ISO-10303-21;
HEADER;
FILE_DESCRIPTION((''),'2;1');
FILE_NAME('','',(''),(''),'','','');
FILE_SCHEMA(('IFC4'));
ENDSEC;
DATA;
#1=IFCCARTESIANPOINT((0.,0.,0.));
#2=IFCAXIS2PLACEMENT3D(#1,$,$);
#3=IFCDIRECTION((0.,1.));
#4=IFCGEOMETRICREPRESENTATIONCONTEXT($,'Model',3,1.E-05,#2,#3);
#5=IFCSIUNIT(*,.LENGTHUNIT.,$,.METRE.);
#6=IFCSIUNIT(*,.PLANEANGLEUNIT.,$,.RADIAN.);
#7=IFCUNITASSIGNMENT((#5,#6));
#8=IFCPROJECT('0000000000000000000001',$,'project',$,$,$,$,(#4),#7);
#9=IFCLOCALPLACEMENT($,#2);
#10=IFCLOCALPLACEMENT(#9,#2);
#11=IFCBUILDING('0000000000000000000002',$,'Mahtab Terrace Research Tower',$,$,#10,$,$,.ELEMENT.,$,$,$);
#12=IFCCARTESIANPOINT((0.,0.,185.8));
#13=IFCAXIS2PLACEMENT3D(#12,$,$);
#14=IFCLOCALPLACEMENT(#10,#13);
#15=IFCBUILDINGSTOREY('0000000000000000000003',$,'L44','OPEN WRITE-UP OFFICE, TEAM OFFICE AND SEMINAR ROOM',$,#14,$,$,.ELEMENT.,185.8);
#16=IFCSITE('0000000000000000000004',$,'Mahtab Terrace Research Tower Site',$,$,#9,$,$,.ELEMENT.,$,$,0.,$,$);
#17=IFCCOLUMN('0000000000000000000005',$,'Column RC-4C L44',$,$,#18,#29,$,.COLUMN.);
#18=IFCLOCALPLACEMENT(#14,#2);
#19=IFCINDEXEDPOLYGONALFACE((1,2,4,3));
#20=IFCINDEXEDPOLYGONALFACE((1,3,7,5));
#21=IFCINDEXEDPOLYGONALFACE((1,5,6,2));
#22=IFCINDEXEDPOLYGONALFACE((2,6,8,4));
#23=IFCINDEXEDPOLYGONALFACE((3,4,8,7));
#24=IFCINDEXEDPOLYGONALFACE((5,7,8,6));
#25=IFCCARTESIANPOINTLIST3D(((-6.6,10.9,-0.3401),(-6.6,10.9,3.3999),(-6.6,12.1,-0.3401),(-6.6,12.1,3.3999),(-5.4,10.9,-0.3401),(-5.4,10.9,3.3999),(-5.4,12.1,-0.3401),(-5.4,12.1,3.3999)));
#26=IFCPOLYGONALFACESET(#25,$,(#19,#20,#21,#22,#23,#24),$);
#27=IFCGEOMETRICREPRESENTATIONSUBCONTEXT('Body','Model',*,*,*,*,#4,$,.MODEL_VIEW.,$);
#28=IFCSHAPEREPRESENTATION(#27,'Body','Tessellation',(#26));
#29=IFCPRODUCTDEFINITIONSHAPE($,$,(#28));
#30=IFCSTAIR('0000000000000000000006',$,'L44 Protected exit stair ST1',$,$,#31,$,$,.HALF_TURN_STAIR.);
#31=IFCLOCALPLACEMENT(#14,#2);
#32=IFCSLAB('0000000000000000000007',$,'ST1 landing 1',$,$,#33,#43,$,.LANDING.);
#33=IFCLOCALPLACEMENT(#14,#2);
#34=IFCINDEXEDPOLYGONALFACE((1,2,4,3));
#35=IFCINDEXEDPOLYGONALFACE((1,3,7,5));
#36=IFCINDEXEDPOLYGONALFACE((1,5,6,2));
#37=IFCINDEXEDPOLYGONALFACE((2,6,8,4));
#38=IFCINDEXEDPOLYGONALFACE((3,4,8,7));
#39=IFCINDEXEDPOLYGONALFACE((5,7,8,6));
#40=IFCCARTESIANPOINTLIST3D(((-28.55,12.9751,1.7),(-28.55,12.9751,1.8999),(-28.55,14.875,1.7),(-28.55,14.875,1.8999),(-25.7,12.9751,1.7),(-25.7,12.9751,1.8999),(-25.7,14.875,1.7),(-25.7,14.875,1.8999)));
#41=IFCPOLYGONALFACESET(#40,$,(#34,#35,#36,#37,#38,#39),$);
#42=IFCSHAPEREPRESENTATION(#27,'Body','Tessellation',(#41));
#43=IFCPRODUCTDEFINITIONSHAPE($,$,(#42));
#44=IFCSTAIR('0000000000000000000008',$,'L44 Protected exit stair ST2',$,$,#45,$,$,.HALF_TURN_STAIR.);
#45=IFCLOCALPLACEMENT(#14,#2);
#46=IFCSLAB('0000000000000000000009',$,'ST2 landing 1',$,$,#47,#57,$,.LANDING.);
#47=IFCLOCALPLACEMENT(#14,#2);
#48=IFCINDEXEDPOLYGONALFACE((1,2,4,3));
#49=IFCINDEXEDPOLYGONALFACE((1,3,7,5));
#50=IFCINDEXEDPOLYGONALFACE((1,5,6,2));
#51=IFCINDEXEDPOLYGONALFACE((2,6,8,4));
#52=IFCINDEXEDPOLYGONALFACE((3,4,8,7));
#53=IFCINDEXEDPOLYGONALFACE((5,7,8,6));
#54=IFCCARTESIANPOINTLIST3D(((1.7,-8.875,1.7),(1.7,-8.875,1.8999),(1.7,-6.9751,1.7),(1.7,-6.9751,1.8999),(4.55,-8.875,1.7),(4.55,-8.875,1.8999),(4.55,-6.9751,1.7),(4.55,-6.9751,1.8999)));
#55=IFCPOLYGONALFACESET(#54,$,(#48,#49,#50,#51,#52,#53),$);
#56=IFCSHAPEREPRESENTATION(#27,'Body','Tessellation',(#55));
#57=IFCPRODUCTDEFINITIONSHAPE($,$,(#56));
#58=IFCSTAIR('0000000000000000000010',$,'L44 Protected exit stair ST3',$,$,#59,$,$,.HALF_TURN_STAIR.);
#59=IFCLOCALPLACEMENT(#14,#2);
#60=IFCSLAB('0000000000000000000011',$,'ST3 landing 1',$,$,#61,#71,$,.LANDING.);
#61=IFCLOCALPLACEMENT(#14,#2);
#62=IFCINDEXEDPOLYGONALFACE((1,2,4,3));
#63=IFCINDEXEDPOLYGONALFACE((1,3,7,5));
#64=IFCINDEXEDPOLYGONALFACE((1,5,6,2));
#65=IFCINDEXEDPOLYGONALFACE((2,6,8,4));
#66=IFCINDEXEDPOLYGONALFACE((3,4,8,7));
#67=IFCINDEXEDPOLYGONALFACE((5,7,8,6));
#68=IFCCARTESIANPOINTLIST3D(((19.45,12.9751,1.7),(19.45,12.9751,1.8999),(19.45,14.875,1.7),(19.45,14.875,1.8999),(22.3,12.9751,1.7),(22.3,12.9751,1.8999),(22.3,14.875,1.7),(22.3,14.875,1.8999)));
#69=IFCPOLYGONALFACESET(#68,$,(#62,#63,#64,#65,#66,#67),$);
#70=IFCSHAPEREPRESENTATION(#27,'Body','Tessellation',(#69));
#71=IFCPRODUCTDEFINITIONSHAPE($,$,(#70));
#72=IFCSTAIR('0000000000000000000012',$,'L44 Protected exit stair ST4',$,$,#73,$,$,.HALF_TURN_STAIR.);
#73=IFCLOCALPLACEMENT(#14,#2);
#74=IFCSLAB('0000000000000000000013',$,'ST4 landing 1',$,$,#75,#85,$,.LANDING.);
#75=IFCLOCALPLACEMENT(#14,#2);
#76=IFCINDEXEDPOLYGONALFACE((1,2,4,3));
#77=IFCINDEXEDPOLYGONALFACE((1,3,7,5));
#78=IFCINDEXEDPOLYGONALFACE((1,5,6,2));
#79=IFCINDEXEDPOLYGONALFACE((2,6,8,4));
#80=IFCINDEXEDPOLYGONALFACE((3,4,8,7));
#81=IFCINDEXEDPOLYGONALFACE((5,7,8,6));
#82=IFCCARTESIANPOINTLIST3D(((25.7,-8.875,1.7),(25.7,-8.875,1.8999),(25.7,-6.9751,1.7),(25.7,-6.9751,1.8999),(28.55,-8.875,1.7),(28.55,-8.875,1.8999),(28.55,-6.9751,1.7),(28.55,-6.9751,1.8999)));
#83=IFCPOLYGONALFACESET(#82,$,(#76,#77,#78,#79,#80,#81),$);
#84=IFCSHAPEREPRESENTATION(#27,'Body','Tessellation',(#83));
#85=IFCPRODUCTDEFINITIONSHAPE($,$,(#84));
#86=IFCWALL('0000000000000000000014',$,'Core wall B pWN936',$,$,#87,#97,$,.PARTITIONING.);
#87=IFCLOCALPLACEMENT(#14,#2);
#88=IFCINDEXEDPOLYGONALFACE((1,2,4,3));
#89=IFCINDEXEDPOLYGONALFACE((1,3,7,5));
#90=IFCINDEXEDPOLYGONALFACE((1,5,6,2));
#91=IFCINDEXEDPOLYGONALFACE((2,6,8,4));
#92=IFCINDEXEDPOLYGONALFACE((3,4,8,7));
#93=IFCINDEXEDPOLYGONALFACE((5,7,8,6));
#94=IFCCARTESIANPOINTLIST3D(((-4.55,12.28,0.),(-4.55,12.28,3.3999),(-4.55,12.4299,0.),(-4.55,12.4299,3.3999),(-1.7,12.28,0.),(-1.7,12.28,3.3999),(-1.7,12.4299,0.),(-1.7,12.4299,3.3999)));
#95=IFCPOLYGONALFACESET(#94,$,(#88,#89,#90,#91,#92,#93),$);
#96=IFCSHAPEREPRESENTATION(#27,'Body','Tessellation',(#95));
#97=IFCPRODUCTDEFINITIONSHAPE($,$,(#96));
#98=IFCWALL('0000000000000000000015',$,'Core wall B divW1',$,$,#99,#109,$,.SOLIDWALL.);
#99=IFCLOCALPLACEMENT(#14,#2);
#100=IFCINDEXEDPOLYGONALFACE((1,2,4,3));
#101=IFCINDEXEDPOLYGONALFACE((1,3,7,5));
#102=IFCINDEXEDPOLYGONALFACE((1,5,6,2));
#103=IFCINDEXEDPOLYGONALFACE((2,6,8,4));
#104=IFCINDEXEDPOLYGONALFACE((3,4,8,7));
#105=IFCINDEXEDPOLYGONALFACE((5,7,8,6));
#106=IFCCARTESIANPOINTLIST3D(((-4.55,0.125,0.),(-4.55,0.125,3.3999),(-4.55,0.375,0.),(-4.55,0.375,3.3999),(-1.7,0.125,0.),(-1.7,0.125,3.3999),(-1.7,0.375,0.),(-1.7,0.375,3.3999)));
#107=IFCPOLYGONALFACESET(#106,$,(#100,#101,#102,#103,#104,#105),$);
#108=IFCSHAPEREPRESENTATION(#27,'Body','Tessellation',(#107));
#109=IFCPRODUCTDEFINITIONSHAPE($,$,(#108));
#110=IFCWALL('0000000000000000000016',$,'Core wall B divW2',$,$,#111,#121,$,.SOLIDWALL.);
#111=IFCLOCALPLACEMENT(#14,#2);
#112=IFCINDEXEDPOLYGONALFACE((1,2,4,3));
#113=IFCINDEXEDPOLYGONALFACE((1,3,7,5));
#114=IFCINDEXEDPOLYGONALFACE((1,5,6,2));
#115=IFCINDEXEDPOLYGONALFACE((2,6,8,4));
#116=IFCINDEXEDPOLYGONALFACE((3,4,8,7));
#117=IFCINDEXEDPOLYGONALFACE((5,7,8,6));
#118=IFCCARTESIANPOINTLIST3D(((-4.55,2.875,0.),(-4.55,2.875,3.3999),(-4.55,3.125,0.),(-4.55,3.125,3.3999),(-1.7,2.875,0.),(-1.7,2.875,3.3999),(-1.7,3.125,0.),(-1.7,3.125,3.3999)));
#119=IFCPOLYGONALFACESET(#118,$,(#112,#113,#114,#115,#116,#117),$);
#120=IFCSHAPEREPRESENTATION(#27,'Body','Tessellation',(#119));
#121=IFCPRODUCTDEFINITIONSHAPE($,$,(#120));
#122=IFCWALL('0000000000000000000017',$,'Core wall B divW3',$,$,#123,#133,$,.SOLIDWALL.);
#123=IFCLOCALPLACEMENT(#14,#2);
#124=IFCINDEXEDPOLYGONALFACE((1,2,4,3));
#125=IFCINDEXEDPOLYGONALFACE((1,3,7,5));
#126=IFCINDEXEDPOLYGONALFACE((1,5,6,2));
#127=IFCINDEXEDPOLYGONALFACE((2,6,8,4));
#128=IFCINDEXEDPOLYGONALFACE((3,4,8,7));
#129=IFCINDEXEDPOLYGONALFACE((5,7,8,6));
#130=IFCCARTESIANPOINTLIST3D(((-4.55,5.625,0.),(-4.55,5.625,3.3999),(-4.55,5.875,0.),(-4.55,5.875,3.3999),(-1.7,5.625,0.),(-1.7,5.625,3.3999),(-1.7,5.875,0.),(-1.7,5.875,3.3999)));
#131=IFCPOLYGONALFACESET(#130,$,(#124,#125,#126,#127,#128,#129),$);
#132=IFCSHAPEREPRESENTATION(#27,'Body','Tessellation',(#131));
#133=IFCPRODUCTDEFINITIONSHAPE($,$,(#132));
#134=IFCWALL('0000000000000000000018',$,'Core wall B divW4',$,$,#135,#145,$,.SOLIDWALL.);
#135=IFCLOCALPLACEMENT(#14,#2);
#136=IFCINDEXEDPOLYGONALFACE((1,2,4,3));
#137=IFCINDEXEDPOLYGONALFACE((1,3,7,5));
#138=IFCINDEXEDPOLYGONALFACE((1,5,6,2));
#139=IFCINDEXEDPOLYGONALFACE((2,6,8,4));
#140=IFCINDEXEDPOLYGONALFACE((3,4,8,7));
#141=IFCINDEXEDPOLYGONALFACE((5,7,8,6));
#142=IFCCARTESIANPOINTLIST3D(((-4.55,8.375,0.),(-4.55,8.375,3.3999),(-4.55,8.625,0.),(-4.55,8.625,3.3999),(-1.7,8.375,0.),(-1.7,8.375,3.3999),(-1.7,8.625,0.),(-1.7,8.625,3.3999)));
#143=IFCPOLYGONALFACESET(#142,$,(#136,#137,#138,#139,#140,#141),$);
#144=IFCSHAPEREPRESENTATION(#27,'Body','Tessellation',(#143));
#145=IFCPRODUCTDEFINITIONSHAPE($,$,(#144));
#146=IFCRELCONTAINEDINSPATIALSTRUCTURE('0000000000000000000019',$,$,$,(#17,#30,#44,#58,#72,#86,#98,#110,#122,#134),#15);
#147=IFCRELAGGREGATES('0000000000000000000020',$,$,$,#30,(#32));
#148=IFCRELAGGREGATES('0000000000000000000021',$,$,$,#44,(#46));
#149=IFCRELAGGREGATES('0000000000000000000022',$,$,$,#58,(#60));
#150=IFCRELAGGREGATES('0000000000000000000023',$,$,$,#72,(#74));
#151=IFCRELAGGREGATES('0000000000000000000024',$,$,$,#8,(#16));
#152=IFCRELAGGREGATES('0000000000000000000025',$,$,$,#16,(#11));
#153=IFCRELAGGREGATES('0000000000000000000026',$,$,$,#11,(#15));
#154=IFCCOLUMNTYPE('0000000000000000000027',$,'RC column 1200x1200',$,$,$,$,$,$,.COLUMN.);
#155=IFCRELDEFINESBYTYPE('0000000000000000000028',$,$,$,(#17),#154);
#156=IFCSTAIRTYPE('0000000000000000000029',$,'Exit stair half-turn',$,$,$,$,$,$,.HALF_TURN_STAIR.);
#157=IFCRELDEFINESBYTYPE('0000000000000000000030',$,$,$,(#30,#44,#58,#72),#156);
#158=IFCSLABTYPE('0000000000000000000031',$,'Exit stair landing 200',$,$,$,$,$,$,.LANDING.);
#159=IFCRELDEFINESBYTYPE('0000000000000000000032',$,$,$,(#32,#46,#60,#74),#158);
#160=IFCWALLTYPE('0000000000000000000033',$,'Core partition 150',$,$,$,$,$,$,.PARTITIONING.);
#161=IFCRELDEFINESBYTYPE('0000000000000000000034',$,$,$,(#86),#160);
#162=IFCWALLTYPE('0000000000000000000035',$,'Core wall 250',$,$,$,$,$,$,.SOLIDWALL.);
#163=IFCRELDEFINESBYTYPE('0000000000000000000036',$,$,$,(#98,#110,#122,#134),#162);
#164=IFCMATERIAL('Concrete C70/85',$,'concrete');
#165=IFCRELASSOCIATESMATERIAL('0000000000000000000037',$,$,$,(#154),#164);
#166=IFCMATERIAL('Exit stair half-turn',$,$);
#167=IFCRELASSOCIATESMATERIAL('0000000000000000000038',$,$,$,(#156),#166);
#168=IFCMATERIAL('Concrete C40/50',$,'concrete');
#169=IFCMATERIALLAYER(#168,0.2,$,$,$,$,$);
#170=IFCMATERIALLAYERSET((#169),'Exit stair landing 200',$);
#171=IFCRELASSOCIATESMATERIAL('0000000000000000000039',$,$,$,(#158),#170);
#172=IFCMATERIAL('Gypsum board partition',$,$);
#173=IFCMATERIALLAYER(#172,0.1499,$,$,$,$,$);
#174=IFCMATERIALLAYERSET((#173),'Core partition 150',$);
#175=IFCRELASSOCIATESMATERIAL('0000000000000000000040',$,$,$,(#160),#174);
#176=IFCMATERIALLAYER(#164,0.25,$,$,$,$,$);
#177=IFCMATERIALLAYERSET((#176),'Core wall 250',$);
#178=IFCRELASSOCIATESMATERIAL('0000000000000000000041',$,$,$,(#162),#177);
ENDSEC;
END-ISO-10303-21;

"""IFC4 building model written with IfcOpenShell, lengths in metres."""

from ifc_helpers import new_model, si_unit, direction, frame, frame_2d, origin, origin_2d, place, context, subcontext, project, spatial, polyline, rectangle, outline, extrude, material, layer, layer_set, material_profile, profile_set, type_object, element, aggregate, save


model = new_model("IFC4")

# Units and contexts
model_context = context("Model", 3, precision=1e-05, world=origin(), true_north=direction((0.0, 1.0)))
body_context = subcontext(model_context, "Body", "Model", "MODEL_VIEW")
ifc_project = project(units=[si_unit("LENGTHUNIT", "METRE"), si_unit("PLANEANGLEUNIT", "RADIAN")], contexts=[model_context])

# Site, building, storey
site_placement = place(None, origin())
site = spatial("IfcSite", under=ifc_project, at=site_placement, Name="Mahtab Terrace Research Tower Site", CompositionType="ELEMENT", RefElevation=0.0)
building_placement = place(site_placement, origin())
building = spatial("IfcBuilding", under=site, at=building_placement, Name="Mahtab Terrace Research Tower", CompositionType="ELEMENT")
storey_placement = place(building_placement, frame((0.0, 0.0, 185.8)))
storey = spatial("IfcBuildingStorey", under=building, at=storey_placement, Name="L44", Description="OPEN WRITE-UP OFFICE, TEAM OFFICE AND SEMINAR ROOM", CompositionType="ELEMENT", Elevation=185.8)

# Column
ifc_material_1 = material(Name="Concrete C70/85", Category="concrete")
ifc_material_profile = material_profile(ifc_material_1, rectangle(XDim=1.2, YDim=1.2, at=origin_2d()), Name="RC column 1200x1200")
ifc_profile_set = profile_set([ifc_material_profile], Name="Concrete C70/85")
column_type = type_object("IfcColumnType", Name="RC column 1200x1200", PredefinedType="COLUMN", material=ifc_profile_set)
column_placement = place(storey_placement, frame((-6.0, 11.5, -0.3401), z_axis=(0.0, 0.0, 1.0), x_axis=(1.0, 0.0, 0.0)))
element("IfcColumn", 1, at=column_placement, inside=storey, type_object=column_type, Name="Column RC-4C L44", PredefinedType="COLUMN", context=body_context, shape_type="SweptSolid", body=[
    extrude(rectangle(XDim=1.2, YDim=1.2, at=origin_2d()), origin(), (0.0, 0.0, 1.0), 3.74),
])

# Stairs, slabs
ifc_material_2 = material(Name="Exit stair half-turn")
stair_type = type_object("IfcStairType", Name="Exit stair half-turn", PredefinedType="HALF_TURN_STAIR", material=ifc_material_2)
stair_1_placement = place(storey_placement, origin())
stair_1 = element("IfcStair", 2, at=stair_1_placement, inside=storey, type_object=stair_type, Name="L44 Protected exit stair ST1", PredefinedType="HALF_TURN_STAIR")
ifc_material_3 = material(Name="Concrete C40/50", Category="concrete")
ifc_layer_1 = layer(ifc_material_3, 0.2)
ifc_layer_set_1 = layer_set([ifc_layer_1], Name="Exit stair landing 200")
slab_type = type_object("IfcSlabType", Name="Exit stair landing 200", PredefinedType="LANDING", material=ifc_layer_set_1)
slab_1_placement = place(storey_placement, frame((0.0, 0.0, 1.7)))
slab_1 = element("IfcSlab", 3, at=slab_1_placement, type_object=slab_type, Name="ST1 landing 1", PredefinedType="LANDING", context=body_context, shape_type="SweptSolid", body=[
    extrude(outline(polyline([(-25.7, 12.9751), (-25.7, 14.875), (-28.55, 14.875), (-28.55, 12.9751), (-25.7, 12.9751)])), origin(), (0.0, 0.0, 1.0), 0.2),
])
aggregate(stair_1, [slab_1])
stair_2_placement = place(storey_placement, origin())
stair_2 = element("IfcStair", 4, at=stair_2_placement, inside=storey, type_object=stair_type, Name="L44 Protected exit stair ST2", PredefinedType="HALF_TURN_STAIR")
slab_2_placement = place(storey_placement, frame((0.0, 0.0, 1.7)))
slab_2 = element("IfcSlab", 5, at=slab_2_placement, type_object=slab_type, Name="ST2 landing 1", PredefinedType="LANDING", context=body_context, shape_type="SweptSolid", body=[
    extrude(outline(polyline([(1.7, -6.9751), (1.7, -8.875), (4.55, -8.875), (4.55, -6.9751), (1.7, -6.9751)])), origin(), (0.0, 0.0, 1.0), 0.2),
])
aggregate(stair_2, [slab_2])
stair_3_placement = place(storey_placement, origin())
stair_3 = element("IfcStair", 6, at=stair_3_placement, inside=storey, type_object=stair_type, Name="L44 Protected exit stair ST3", PredefinedType="HALF_TURN_STAIR")
slab_3_placement = place(storey_placement, frame((0.0, 0.0, 1.7)))
slab_3 = element("IfcSlab", 7, at=slab_3_placement, type_object=slab_type, Name="ST3 landing 1", PredefinedType="LANDING", context=body_context, shape_type="SweptSolid", body=[
    extrude(outline(polyline([(22.3, 12.9751), (22.3, 14.875), (19.45, 14.875), (19.45, 12.9751), (22.3, 12.9751)])), origin(), (0.0, 0.0, 1.0), 0.2),
])
aggregate(stair_3, [slab_3])
stair_4_placement = place(storey_placement, origin())
stair_4 = element("IfcStair", 8, at=stair_4_placement, inside=storey, type_object=stair_type, Name="L44 Protected exit stair ST4", PredefinedType="HALF_TURN_STAIR")
slab_4_placement = place(storey_placement, frame((0.0, 0.0, 1.7)))
slab_4 = element("IfcSlab", 9, at=slab_4_placement, type_object=slab_type, Name="ST4 landing 1", PredefinedType="LANDING", context=body_context, shape_type="SweptSolid", body=[
    extrude(outline(polyline([(25.7, -6.9751), (25.7, -8.875), (28.55, -8.875), (28.55, -6.9751), (25.7, -6.9751)])), origin(), (0.0, 0.0, 1.0), 0.2),
])
aggregate(stair_4, [slab_4])

# Walls
ifc_material_4 = material(Name="Gypsum board partition")
ifc_layer_2 = layer(ifc_material_4, 0.1499)
ifc_layer_set_2 = layer_set([ifc_layer_2], Name="Core partition 150")
wall_type_1 = type_object("IfcWallType", Name="Core partition 150", PredefinedType="PARTITIONING", material=ifc_layer_set_2)
wall_placement = place(storey_placement, frame((-4.55, 12.355, 0.0), z_axis=(0.0, 0.0, 1.0), x_axis=(1.0, 0.0, 0.0)))
element("IfcWall", 10, at=wall_placement, inside=storey, type_object=wall_type_1, Name="Core wall B pWN936", PredefinedType="PARTITIONING", context=body_context, shape_type="SweptSolid", body=[
    extrude(rectangle(XDim=2.8501, YDim=0.1499, at=frame_2d((1.425, 0.0))), origin(), (0.0, 0.0, 1.0), 3.3999),
])
ifc_layer_3 = layer(ifc_material_1, 0.25)
ifc_layer_set_3 = layer_set([ifc_layer_3], Name="Core wall 250")
wall_type_2 = type_object("IfcWallType", Name="Core wall 250", PredefinedType="SOLIDWALL", material=ifc_layer_set_3)
for number, where, z_axis, x_axis, name in (
    (11, (-4.55, 0.25, 0.0), (0.0, 0.0, 1.0), (1.0, 0.0, 0.0), "Core wall B divW1"),
    (12, (-4.55, 3.0, 0.0), (0.0, 0.0, 1.0), (1.0, 0.0, 0.0), "Core wall B divW2"),
    (13, (-4.55, 5.75, 0.0), (0.0, 0.0, 1.0), (1.0, 0.0, 0.0), "Core wall B divW3"),
    (14, (-4.55, 8.5, 0.0), (0.0, 0.0, 1.0), (1.0, 0.0, 0.0), "Core wall B divW4"),
):
    element("IfcWall", number, at=place(storey_placement, frame(where, z_axis=z_axis, x_axis=x_axis)), inside=storey, type_object=wall_type_2, Name=name, PredefinedType="SOLIDWALL", context=body_context, shape_type="SweptSolid", body=[
        extrude(rectangle(XDim=2.8501, YDim=0.25, at=frame_2d((1.425, 0.0))), origin(), (0.0, 0.0, 1.0), 3.3999),
    ])

save(model, "model.ifc")
